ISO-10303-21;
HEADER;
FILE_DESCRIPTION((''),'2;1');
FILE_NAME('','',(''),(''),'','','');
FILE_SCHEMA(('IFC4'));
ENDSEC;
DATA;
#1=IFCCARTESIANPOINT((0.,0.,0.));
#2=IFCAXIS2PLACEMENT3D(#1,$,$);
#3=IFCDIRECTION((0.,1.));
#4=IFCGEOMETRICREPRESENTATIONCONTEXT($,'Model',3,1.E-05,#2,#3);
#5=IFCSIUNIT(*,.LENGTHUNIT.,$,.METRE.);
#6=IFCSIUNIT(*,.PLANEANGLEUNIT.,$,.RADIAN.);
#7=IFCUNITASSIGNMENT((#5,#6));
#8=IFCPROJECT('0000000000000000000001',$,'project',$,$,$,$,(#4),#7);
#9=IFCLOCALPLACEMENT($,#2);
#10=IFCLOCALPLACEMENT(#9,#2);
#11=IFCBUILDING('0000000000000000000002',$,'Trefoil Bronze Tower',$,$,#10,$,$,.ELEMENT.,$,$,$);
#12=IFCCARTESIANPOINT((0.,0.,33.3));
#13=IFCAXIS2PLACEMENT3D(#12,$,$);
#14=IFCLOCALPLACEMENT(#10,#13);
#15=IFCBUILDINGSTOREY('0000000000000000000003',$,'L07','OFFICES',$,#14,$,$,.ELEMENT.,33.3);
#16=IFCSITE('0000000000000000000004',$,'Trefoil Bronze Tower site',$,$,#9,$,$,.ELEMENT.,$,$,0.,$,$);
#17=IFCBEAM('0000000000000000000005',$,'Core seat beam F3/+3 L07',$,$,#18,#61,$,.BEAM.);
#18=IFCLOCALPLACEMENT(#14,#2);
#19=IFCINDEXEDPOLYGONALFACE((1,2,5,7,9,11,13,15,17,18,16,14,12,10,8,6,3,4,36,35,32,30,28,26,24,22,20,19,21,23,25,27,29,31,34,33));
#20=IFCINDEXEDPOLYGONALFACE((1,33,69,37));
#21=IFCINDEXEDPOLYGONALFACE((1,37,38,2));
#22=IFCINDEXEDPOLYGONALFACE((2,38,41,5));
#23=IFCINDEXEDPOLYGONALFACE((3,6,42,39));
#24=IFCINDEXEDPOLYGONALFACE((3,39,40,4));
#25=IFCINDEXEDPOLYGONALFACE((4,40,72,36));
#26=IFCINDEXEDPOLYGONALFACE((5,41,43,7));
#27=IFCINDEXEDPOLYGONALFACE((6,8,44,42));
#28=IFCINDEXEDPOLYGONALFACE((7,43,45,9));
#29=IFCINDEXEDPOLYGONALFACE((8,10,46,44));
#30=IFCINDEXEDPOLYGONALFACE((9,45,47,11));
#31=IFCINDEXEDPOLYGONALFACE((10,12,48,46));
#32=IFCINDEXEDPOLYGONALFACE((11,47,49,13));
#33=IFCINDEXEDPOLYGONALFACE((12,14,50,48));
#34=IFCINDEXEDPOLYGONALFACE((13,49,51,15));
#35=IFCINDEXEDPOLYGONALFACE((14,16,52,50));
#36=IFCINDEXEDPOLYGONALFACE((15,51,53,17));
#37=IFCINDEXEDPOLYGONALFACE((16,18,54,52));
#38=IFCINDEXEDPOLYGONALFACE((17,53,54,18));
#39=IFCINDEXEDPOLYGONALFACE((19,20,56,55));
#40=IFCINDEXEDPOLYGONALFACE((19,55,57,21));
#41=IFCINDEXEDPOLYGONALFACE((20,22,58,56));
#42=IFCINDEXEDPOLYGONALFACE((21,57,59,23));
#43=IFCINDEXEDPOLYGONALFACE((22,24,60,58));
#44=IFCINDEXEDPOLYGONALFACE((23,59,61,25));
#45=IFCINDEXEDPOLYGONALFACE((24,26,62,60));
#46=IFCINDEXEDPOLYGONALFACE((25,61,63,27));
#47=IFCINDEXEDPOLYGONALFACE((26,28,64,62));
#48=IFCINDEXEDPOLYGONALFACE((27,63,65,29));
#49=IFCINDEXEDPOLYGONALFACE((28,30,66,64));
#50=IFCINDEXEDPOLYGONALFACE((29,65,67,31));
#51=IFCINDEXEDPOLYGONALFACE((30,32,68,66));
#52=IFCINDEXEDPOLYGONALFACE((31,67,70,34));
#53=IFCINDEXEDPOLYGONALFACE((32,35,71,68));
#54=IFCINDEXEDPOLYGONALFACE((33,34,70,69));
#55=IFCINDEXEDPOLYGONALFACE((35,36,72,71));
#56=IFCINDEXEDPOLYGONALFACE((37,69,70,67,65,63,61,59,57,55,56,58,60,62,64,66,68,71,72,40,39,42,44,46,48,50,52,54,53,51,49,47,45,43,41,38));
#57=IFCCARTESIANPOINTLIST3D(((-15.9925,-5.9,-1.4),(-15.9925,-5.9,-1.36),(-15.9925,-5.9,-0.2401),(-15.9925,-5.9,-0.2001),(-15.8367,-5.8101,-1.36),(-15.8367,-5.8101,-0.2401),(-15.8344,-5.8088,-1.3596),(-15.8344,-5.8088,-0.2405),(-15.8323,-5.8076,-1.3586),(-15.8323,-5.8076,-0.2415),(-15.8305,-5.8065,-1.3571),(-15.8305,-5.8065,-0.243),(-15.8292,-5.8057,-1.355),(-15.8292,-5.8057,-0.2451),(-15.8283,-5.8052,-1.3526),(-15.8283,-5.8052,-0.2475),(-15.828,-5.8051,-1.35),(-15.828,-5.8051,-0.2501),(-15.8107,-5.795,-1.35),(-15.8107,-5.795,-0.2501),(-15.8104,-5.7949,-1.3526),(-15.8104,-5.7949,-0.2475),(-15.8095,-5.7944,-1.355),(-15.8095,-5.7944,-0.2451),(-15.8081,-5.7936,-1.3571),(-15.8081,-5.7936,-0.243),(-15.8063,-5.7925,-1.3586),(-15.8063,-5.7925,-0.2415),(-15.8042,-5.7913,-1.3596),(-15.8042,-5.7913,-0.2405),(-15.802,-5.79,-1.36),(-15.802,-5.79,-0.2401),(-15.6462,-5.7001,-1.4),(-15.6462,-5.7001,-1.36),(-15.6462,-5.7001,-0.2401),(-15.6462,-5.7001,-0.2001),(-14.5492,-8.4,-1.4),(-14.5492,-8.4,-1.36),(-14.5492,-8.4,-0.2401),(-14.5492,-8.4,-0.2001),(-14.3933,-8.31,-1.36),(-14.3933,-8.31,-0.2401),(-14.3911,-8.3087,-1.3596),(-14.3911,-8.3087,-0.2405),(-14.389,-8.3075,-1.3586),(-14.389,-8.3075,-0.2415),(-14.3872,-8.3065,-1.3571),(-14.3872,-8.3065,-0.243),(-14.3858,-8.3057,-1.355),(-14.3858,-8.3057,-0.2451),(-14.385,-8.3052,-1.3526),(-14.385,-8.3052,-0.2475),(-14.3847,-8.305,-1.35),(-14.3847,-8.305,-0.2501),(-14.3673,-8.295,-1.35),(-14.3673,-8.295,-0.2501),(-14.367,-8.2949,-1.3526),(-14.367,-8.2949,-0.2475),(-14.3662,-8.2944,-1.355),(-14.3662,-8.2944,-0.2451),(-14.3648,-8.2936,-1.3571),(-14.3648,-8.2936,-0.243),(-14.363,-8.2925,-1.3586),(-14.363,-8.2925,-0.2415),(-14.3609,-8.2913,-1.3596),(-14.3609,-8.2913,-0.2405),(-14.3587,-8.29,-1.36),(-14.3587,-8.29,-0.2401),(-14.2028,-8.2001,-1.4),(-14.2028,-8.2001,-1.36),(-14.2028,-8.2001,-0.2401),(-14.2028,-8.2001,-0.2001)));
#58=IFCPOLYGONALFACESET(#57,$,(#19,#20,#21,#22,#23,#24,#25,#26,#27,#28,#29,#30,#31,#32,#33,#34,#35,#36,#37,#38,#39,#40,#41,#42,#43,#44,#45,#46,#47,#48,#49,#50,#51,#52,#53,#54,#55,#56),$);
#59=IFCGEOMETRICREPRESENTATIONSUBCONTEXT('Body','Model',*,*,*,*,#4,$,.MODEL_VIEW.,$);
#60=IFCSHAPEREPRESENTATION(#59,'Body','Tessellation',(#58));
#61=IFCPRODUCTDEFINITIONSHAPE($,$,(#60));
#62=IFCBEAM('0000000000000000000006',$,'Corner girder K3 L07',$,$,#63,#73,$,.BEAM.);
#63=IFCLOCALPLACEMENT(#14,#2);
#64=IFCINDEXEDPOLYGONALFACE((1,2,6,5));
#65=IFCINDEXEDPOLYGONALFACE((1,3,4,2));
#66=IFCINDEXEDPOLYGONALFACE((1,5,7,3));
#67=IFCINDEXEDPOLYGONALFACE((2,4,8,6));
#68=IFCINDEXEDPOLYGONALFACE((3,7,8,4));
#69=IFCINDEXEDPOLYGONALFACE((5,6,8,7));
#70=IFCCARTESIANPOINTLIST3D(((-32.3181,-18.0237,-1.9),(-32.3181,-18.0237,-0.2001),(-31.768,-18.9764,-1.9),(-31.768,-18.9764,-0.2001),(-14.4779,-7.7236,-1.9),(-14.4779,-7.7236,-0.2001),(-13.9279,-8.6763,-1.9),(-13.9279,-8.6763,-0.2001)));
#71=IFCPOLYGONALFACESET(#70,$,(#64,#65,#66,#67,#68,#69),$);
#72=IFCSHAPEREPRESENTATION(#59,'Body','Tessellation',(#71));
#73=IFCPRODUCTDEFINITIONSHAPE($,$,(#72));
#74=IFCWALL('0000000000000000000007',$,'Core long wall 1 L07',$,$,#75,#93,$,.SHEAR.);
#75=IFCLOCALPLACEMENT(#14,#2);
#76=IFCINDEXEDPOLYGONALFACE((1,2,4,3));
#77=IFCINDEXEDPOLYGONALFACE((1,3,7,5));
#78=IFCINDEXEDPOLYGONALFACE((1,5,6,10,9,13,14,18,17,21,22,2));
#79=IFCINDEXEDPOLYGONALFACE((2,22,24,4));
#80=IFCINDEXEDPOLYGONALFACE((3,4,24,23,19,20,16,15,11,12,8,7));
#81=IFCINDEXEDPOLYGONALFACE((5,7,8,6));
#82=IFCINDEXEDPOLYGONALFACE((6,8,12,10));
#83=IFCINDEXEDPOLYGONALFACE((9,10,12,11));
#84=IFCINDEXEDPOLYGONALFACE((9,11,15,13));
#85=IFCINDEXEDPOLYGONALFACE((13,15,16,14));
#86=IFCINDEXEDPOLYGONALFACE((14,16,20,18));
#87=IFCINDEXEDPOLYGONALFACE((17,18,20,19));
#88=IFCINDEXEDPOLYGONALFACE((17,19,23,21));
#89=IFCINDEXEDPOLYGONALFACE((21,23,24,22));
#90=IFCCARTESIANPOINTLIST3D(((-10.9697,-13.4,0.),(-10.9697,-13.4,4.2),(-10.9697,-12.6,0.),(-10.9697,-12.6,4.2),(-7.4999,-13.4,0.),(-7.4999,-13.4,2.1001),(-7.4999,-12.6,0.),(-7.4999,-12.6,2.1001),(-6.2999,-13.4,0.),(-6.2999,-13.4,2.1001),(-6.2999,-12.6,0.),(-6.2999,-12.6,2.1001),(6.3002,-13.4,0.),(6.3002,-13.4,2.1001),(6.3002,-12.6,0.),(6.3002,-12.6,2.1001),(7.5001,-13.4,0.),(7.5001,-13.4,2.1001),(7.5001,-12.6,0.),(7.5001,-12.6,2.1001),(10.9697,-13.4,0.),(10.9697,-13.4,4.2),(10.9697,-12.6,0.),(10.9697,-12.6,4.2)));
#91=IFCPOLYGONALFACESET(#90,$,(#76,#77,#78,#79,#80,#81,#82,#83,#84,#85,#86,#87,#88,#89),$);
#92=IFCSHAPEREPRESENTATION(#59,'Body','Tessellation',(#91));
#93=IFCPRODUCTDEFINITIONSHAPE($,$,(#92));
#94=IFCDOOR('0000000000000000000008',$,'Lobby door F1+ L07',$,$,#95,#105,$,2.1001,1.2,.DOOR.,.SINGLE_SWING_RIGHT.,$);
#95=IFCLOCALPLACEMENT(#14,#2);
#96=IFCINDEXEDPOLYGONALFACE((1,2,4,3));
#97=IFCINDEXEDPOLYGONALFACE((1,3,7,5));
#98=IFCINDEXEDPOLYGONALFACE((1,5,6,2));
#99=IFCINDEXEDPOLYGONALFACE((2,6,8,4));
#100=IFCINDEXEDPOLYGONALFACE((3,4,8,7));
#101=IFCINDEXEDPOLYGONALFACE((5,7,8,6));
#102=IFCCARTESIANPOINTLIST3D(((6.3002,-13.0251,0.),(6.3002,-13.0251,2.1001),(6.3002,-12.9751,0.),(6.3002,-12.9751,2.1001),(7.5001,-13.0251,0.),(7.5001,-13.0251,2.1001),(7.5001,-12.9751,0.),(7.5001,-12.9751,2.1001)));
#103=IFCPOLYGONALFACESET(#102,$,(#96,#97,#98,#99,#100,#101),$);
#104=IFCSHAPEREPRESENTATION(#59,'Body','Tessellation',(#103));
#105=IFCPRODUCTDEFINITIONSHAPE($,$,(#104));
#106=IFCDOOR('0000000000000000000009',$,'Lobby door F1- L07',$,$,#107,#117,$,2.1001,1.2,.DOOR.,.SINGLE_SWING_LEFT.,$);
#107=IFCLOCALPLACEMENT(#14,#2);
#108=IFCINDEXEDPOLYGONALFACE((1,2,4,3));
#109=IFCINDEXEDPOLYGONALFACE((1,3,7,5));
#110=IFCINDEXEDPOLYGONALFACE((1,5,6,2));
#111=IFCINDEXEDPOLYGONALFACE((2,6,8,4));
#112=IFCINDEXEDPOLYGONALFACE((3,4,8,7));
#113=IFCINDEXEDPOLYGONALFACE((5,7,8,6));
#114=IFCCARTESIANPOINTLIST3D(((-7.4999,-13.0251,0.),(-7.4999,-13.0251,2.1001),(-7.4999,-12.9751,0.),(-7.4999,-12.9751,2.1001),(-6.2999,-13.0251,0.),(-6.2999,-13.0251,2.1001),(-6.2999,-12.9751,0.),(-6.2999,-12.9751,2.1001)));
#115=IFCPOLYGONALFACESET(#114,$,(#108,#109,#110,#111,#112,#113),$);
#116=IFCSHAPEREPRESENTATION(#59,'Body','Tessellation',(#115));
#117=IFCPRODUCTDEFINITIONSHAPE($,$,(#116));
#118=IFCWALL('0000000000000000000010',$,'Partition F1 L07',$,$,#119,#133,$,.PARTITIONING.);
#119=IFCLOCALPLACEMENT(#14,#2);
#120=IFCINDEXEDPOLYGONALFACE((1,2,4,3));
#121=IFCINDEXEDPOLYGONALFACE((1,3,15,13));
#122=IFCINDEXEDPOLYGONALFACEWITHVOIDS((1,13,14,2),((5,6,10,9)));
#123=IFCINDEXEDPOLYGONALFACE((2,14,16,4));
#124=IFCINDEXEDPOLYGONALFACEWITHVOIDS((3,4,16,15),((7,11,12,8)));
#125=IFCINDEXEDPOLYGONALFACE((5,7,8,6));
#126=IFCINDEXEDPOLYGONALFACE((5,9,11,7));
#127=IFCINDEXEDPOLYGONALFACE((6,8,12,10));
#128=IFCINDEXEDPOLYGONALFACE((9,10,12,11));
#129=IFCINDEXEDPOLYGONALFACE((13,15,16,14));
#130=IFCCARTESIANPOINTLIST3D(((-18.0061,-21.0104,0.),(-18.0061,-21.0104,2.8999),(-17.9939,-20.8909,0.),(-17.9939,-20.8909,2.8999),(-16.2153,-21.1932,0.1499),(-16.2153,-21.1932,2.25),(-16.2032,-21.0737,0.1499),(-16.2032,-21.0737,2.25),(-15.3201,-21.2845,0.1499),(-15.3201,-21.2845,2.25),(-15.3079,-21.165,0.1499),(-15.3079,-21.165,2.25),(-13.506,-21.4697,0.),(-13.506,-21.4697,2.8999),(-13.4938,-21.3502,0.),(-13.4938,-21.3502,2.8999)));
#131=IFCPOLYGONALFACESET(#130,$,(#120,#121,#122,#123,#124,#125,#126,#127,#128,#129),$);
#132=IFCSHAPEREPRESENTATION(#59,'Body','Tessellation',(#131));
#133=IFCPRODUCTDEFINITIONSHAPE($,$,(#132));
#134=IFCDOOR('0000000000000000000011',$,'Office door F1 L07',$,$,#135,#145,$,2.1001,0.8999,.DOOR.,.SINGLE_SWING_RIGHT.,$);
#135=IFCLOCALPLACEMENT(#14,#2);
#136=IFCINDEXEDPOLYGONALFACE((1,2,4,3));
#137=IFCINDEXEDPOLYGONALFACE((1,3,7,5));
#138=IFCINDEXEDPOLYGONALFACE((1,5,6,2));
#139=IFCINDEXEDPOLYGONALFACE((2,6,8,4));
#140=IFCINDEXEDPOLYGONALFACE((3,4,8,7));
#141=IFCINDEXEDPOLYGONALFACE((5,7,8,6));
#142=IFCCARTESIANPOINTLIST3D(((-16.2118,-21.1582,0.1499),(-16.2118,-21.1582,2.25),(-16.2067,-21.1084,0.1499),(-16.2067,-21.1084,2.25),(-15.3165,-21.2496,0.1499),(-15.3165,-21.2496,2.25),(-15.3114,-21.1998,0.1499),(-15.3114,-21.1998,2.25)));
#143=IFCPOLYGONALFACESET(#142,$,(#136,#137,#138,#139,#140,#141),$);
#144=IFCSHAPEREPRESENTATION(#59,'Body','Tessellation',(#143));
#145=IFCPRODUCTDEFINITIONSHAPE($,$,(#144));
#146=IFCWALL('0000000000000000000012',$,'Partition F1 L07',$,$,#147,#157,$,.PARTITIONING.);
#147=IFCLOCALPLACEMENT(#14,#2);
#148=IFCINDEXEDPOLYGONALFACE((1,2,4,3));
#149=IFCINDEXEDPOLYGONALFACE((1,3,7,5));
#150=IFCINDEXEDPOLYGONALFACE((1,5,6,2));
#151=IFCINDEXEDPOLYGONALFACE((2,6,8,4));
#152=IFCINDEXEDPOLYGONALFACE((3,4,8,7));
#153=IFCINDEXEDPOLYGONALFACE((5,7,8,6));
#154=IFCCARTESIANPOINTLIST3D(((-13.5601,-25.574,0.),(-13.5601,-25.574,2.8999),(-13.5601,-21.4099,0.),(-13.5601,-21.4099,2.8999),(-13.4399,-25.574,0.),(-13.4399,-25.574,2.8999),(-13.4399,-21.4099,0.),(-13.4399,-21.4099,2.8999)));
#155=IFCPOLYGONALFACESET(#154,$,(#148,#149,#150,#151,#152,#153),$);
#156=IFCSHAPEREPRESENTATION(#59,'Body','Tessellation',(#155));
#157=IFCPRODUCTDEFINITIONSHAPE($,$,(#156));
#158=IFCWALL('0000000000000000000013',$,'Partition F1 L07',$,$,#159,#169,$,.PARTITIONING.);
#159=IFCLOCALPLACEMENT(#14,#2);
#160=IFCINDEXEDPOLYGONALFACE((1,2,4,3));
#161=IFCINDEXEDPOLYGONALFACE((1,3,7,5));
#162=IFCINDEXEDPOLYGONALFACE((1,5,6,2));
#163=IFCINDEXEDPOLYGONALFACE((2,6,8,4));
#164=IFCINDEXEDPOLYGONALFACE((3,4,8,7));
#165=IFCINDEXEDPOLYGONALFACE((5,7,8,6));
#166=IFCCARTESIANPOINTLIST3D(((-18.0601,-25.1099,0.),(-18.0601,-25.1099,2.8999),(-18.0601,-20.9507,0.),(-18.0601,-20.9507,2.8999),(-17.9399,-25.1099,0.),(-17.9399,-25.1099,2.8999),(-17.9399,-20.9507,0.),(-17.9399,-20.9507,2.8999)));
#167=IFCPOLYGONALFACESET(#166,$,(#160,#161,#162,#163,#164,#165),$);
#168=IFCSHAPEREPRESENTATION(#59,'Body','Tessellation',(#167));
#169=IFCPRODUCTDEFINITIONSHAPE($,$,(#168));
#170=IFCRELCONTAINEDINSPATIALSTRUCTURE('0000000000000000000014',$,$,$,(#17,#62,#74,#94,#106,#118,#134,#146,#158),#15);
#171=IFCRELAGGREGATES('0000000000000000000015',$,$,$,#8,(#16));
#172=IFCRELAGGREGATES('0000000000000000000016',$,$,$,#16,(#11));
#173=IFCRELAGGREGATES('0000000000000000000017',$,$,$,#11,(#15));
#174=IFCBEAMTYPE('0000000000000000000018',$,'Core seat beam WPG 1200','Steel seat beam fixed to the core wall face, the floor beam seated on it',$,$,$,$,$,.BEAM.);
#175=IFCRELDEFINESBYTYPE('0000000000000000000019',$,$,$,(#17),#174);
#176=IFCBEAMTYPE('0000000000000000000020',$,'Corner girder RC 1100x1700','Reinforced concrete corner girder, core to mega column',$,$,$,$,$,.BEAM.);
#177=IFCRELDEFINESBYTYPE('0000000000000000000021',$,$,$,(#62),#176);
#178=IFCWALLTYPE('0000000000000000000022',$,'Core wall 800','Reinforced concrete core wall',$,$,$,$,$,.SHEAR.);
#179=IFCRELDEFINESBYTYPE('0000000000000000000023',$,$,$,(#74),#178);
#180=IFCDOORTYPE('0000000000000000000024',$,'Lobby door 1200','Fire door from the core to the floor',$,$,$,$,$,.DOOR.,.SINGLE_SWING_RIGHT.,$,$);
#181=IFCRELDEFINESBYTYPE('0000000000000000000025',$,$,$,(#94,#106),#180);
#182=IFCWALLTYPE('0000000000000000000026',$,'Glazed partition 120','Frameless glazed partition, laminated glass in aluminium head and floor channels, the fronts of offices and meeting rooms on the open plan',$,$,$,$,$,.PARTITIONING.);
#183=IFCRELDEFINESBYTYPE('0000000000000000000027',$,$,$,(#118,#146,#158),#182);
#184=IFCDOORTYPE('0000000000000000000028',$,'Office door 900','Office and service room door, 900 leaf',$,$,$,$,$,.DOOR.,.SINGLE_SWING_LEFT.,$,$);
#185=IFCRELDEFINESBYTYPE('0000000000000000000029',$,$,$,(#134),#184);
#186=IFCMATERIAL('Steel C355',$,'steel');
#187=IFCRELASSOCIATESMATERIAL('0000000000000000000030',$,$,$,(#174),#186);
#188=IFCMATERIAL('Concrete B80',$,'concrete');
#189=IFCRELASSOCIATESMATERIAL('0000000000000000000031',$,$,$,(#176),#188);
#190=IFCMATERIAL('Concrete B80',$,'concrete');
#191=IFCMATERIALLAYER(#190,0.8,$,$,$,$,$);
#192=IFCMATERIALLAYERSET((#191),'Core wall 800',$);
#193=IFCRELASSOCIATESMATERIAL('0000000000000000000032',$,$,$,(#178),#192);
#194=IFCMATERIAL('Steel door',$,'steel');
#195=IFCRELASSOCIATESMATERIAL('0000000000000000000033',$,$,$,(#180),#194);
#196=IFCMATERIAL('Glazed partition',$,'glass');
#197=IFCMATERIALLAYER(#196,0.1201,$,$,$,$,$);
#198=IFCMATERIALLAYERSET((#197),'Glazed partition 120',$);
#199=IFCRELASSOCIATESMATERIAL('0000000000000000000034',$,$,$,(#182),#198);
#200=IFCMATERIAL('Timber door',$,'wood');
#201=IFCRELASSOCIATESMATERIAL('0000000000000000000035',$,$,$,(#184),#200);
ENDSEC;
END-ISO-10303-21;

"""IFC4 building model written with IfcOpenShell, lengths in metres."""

from ifc_helpers import new_model, si_unit, direction, frame, frame_2d, origin, origin_2d, place, context, subcontext, project, spatial, rectangle, i_section, extrude, material, layer, layer_set, material_profile, profile_set, type_object, element, fill, save


model = new_model("IFC4")

# Units and contexts
model_context = context("Model", 3, precision=1e-05, world=origin(), true_north=direction((0.0, 1.0)))
body_context = subcontext(model_context, "Body", "Model", "MODEL_VIEW")
ifc_project = project(units=[si_unit("LENGTHUNIT", "METRE"), si_unit("PLANEANGLEUNIT", "RADIAN")], contexts=[model_context])

# Site, building, storey
site_placement = place(None, origin())
site = spatial("IfcSite", under=ifc_project, at=site_placement, Name="Trefoil Bronze Tower site", CompositionType="ELEMENT", RefElevation=0.0)
building_placement = place(site_placement, origin())
building = spatial("IfcBuilding", under=site, at=building_placement, Name="Trefoil Bronze Tower", CompositionType="ELEMENT")
storey_placement = place(building_placement, frame((0.0, 0.0, 33.3)))
storey = spatial("IfcBuildingStorey", under=building, at=storey_placement, Name="L07", Description="OFFICES", CompositionType="ELEMENT", Elevation=33.3)

# Beams
ifc_material_1 = material(Name="Steel C355", Category="steel")
ifc_material_profile_1 = material_profile(ifc_material_1, i_section(OverallWidth=0.3999, OverallDepth=1.2, WebThickness=0.02, FlangeThickness=0.04, FilletRadius=0.01, at=origin_2d()), Name="WPG 1200")
ifc_profile_set_1 = profile_set([ifc_material_profile_1], Name="Steel C355")
beam_type_1 = type_object("IfcBeamType", Name="Core seat beam WPG 1200", Description="Steel seat beam fixed to the core wall face, the floor beam seated on it", PredefinedType="BEAM", material=ifc_profile_set_1)
for number, where, z_axis, x_axis, name in (
    (1, (-15.8193, -5.8, -0.8), (0.499996, -0.866028, 0.0), (0.866028, 0.499996, 0.0), "Core seat beam F3/+3 L07"),
):
    element("IfcBeam", number, at=place(storey_placement, frame(where, z_axis=z_axis, x_axis=x_axis)), inside=storey, type_object=beam_type_1, Name=name, PredefinedType="BEAM", context=body_context, shape_type="SweptSolid", body=[
        extrude(i_section(OverallWidth=0.3999, OverallDepth=1.2, WebThickness=0.02, FlangeThickness=0.04, FilletRadius=0.01, at=origin_2d()), origin(), (0.0, 0.0, 1.0), 2.8867),
    ])
ifc_material_2 = material(Name="Concrete B80", Category="concrete")
ifc_material_profile_2 = material_profile(ifc_material_2, rectangle(XDim=1.1001, YDim=1.7, at=origin_2d()), Name="RC 1100x1700")
ifc_profile_set_2 = profile_set([ifc_material_profile_2], Name="Concrete B80")
beam_type_2 = type_object("IfcBeamType", Name="Corner girder RC 1100x1700", Description="Reinforced concrete corner girder, core to mega column", PredefinedType="BEAM", material=ifc_profile_set_2)
beam_placement = place(storey_placement, frame((-14.2029, -8.2, -1.05), z_axis=(-0.866024, -0.500003, 0.0), x_axis=(0.500003, -0.866024, 0.0)))
element("IfcBeam", 2, at=beam_placement, inside=storey, type_object=beam_type_2, Name="Corner girder K3 L07", PredefinedType="BEAM", context=body_context, shape_type="SweptSolid", body=[
    extrude(rectangle(XDim=1.1001, YDim=1.7, at=origin_2d()), origin(), (0.0, 0.0, 1.0), 20.6001),
])

# Wall, openings, doors
ifc_material_3 = material(Name="Concrete B80", Category="concrete")
ifc_layer_1 = layer(ifc_material_3, 0.8)
ifc_layer_set_1 = layer_set([ifc_layer_1], Name="Core wall 800")
wall_type_1 = type_object("IfcWallType", Name="Core wall 800", Description="Reinforced concrete core wall", PredefinedType="SHEAR", material=ifc_layer_set_1)
wall_1_placement = place(storey_placement, frame((-10.9697, -13.0, 0.0), z_axis=(0.0, 0.0, 1.0), x_axis=(1.0, 0.0, 0.0)))
wall_1 = element("IfcWall", 3, at=wall_1_placement, inside=storey, type_object=wall_type_1, Name="Core long wall 1 L07", PredefinedType="SHEAR", context=body_context, shape_type="SweptSolid", body=[
    extrude(rectangle(XDim=21.9395, YDim=0.8, at=frame_2d((10.9697, 0.0))), origin(), (0.0, 0.0, 1.0), 4.2),
])
opening_1_placement = place(wall_1_placement, frame((17.2698, 0.0, 0.0)))
opening_1 = element("IfcOpeningElement", 4, at=opening_1_placement, cuts=wall_1, PredefinedType="OPENING", context=body_context, shape_type="SweptSolid", body=[
    extrude(rectangle(XDim=1.2, YDim=2.1001, at=frame_2d((0.6001, 1.05))), frame((0.0, 0.4099, 0.0), z_axis=(0.0, -1.0, 0.0), x_axis=(1.0, 0.0, 0.0)), (0.0, 0.0, 1.0), 0.8201),
])
opening_2_placement = place(wall_1_placement, frame((3.4697, 0.0, 0.0)))
opening_2 = element("IfcOpeningElement", 5, at=opening_2_placement, cuts=wall_1, PredefinedType="OPENING", context=body_context, shape_type="SweptSolid", body=[
    extrude(rectangle(XDim=1.2, YDim=2.1001, at=frame_2d((0.6001, 1.05))), frame((0.0, 0.4099, 0.0), z_axis=(0.0, -1.0, 0.0), x_axis=(1.0, 0.0, 0.0)), (0.0, 0.0, 1.0), 0.8201),
])
ifc_material_4 = material(Name="Steel door", Category="steel")
door_type_1 = type_object("IfcDoorType", Name="Lobby door 1200", Description="Fire door from the core to the floor", OperationType="SINGLE_SWING_RIGHT", PredefinedType="DOOR", material=ifc_material_4)
door_1_placement = place(opening_1_placement, origin())
door_1 = element("IfcDoor", 6, at=door_1_placement, inside=storey, type_object=door_type_1, Name="Lobby door F1+ L07", OperationType="SINGLE_SWING_RIGHT", OverallHeight=2.1001, OverallWidth=1.2, PredefinedType="DOOR", context=body_context, shape_type="SweptSolid", body=[
    extrude(rectangle(XDim=1.2, YDim=2.1001, at=frame_2d((0.6001, 1.05))), frame((0.0, 0.0249, 0.0), z_axis=(0.0, -1.0, 0.0), x_axis=(1.0, 0.0, 0.0)), (0.0, 0.0, 1.0), 0.05),
])
fill(opening_1, door_1)
door_2_placement = place(opening_2_placement, origin())
door_2 = element("IfcDoor", 7, at=door_2_placement, inside=storey, type_object=door_type_1, Name="Lobby door F1- L07", OperationType="SINGLE_SWING_LEFT", OverallHeight=2.1001, OverallWidth=1.2, PredefinedType="DOOR", context=body_context, shape_type="SweptSolid", body=[
    extrude(rectangle(XDim=1.2, YDim=2.1001, at=frame_2d((0.6001, 1.05))), frame((0.0, 0.0249, 0.0), z_axis=(0.0, -1.0, 0.0), x_axis=(1.0, 0.0, 0.0)), (0.0, 0.0, 1.0), 0.05),
])
fill(opening_2, door_2)

# Wall, opening, door
ifc_material_5 = material(Name="Glazed partition", Category="glass")
ifc_layer_2 = layer(ifc_material_5, 0.1201)
ifc_layer_set_2 = layer_set([ifc_layer_2], Name="Glazed partition 120")
wall_type_2 = type_object("IfcWallType", Name="Glazed partition 120", Description="Frameless glazed partition, laminated glass in aluminium head and floor channels, the fronts of offices and meeting rooms on the open plan", PredefinedType="PARTITIONING", material=ifc_layer_set_2)
wall_2_placement = place(storey_placement, frame((-18.0, -20.9507, 0.0), z_axis=(0.0, 0.0, 1.0), x_axis=(0.994833, -0.101523, 0.0)))
wall_2 = element("IfcWall", 8, at=wall_2_placement, inside=storey, type_object=wall_type_2, Name="Partition F1 L07", PredefinedType="PARTITIONING", context=body_context, shape_type="SweptSolid", body=[
    extrude(rectangle(XDim=4.5234, YDim=0.1201, at=frame_2d((2.2617, 0.0))), origin(), (0.0, 0.0, 1.0), 2.8999),
])
opening_3_placement = place(wall_2_placement, frame((1.8, 0.0, 0.1499)))
opening_3 = element("IfcOpeningElement", 9, at=opening_3_placement, cuts=wall_2, PredefinedType="OPENING", context=body_context, shape_type="SweptSolid", body=[
    extrude(rectangle(XDim=0.8999, YDim=2.1001, at=frame_2d((0.45, 1.05))), frame((0.0, 0.0701, 0.0), z_axis=(0.0, -1.0, 0.0), x_axis=(1.0, 0.0, 0.0)), (0.0, 0.0, 1.0), 0.1401),
])
ifc_material_6 = material(Name="Timber door", Category="wood")
door_type_2 = type_object("IfcDoorType", Name="Office door 900", Description="Office and service room door, 900 leaf", OperationType="SINGLE_SWING_LEFT", PredefinedType="DOOR", material=ifc_material_6)
door_3_placement = place(opening_3_placement, frame((0.8999, 0.0, 0.0), z_axis=(0.0, 0.0, 1.0), x_axis=(-1.0, 0.0, 0.0)))
door_3 = element("IfcDoor", 10, at=door_3_placement, inside=storey, type_object=door_type_2, Name="Office door F1 L07", OperationType="SINGLE_SWING_RIGHT", OverallHeight=2.1001, OverallWidth=0.8999, PredefinedType="DOOR", context=body_context, shape_type="SweptSolid", body=[
    extrude(rectangle(XDim=0.8999, YDim=2.1001, at=frame_2d((0.45, 1.05))), frame((0.0, 0.0249, 0.0), z_axis=(0.0, -1.0, 0.0), x_axis=(1.0, 0.0, 0.0)), (0.0, 0.0, 1.0), 0.05),
])
fill(opening_3, door_3)

# Walls
wall_3_placement = place(storey_placement, frame((-13.5, -21.4099, 0.0), z_axis=(0.0, 0.0, 1.0), x_axis=(0.0, -1.0, 0.0)))
element("IfcWall", 11, at=wall_3_placement, inside=storey, type_object=wall_type_2, Name="Partition F1 L07", PredefinedType="PARTITIONING", context=body_context, shape_type="SweptSolid", body=[
    extrude(rectangle(XDim=4.1641, YDim=0.1201, at=frame_2d((2.082, 0.0))), origin(), (0.0, 0.0, 1.0), 2.8999),
])
wall_4_placement = place(storey_placement, frame((-18.0, -20.9507, 0.0), z_axis=(0.0, 0.0, 1.0), x_axis=(0.0, -1.0, 0.0)))
element("IfcWall", 12, at=wall_4_placement, inside=storey, type_object=wall_type_2, Name="Partition F1 L07", PredefinedType="PARTITIONING", context=body_context, shape_type="SweptSolid", body=[
    extrude(rectangle(XDim=4.1592, YDim=0.1201, at=frame_2d((2.0796, 0.0))), origin(), (0.0, 0.0, 1.0), 2.8999),
])

save(model, "model.ifc")
